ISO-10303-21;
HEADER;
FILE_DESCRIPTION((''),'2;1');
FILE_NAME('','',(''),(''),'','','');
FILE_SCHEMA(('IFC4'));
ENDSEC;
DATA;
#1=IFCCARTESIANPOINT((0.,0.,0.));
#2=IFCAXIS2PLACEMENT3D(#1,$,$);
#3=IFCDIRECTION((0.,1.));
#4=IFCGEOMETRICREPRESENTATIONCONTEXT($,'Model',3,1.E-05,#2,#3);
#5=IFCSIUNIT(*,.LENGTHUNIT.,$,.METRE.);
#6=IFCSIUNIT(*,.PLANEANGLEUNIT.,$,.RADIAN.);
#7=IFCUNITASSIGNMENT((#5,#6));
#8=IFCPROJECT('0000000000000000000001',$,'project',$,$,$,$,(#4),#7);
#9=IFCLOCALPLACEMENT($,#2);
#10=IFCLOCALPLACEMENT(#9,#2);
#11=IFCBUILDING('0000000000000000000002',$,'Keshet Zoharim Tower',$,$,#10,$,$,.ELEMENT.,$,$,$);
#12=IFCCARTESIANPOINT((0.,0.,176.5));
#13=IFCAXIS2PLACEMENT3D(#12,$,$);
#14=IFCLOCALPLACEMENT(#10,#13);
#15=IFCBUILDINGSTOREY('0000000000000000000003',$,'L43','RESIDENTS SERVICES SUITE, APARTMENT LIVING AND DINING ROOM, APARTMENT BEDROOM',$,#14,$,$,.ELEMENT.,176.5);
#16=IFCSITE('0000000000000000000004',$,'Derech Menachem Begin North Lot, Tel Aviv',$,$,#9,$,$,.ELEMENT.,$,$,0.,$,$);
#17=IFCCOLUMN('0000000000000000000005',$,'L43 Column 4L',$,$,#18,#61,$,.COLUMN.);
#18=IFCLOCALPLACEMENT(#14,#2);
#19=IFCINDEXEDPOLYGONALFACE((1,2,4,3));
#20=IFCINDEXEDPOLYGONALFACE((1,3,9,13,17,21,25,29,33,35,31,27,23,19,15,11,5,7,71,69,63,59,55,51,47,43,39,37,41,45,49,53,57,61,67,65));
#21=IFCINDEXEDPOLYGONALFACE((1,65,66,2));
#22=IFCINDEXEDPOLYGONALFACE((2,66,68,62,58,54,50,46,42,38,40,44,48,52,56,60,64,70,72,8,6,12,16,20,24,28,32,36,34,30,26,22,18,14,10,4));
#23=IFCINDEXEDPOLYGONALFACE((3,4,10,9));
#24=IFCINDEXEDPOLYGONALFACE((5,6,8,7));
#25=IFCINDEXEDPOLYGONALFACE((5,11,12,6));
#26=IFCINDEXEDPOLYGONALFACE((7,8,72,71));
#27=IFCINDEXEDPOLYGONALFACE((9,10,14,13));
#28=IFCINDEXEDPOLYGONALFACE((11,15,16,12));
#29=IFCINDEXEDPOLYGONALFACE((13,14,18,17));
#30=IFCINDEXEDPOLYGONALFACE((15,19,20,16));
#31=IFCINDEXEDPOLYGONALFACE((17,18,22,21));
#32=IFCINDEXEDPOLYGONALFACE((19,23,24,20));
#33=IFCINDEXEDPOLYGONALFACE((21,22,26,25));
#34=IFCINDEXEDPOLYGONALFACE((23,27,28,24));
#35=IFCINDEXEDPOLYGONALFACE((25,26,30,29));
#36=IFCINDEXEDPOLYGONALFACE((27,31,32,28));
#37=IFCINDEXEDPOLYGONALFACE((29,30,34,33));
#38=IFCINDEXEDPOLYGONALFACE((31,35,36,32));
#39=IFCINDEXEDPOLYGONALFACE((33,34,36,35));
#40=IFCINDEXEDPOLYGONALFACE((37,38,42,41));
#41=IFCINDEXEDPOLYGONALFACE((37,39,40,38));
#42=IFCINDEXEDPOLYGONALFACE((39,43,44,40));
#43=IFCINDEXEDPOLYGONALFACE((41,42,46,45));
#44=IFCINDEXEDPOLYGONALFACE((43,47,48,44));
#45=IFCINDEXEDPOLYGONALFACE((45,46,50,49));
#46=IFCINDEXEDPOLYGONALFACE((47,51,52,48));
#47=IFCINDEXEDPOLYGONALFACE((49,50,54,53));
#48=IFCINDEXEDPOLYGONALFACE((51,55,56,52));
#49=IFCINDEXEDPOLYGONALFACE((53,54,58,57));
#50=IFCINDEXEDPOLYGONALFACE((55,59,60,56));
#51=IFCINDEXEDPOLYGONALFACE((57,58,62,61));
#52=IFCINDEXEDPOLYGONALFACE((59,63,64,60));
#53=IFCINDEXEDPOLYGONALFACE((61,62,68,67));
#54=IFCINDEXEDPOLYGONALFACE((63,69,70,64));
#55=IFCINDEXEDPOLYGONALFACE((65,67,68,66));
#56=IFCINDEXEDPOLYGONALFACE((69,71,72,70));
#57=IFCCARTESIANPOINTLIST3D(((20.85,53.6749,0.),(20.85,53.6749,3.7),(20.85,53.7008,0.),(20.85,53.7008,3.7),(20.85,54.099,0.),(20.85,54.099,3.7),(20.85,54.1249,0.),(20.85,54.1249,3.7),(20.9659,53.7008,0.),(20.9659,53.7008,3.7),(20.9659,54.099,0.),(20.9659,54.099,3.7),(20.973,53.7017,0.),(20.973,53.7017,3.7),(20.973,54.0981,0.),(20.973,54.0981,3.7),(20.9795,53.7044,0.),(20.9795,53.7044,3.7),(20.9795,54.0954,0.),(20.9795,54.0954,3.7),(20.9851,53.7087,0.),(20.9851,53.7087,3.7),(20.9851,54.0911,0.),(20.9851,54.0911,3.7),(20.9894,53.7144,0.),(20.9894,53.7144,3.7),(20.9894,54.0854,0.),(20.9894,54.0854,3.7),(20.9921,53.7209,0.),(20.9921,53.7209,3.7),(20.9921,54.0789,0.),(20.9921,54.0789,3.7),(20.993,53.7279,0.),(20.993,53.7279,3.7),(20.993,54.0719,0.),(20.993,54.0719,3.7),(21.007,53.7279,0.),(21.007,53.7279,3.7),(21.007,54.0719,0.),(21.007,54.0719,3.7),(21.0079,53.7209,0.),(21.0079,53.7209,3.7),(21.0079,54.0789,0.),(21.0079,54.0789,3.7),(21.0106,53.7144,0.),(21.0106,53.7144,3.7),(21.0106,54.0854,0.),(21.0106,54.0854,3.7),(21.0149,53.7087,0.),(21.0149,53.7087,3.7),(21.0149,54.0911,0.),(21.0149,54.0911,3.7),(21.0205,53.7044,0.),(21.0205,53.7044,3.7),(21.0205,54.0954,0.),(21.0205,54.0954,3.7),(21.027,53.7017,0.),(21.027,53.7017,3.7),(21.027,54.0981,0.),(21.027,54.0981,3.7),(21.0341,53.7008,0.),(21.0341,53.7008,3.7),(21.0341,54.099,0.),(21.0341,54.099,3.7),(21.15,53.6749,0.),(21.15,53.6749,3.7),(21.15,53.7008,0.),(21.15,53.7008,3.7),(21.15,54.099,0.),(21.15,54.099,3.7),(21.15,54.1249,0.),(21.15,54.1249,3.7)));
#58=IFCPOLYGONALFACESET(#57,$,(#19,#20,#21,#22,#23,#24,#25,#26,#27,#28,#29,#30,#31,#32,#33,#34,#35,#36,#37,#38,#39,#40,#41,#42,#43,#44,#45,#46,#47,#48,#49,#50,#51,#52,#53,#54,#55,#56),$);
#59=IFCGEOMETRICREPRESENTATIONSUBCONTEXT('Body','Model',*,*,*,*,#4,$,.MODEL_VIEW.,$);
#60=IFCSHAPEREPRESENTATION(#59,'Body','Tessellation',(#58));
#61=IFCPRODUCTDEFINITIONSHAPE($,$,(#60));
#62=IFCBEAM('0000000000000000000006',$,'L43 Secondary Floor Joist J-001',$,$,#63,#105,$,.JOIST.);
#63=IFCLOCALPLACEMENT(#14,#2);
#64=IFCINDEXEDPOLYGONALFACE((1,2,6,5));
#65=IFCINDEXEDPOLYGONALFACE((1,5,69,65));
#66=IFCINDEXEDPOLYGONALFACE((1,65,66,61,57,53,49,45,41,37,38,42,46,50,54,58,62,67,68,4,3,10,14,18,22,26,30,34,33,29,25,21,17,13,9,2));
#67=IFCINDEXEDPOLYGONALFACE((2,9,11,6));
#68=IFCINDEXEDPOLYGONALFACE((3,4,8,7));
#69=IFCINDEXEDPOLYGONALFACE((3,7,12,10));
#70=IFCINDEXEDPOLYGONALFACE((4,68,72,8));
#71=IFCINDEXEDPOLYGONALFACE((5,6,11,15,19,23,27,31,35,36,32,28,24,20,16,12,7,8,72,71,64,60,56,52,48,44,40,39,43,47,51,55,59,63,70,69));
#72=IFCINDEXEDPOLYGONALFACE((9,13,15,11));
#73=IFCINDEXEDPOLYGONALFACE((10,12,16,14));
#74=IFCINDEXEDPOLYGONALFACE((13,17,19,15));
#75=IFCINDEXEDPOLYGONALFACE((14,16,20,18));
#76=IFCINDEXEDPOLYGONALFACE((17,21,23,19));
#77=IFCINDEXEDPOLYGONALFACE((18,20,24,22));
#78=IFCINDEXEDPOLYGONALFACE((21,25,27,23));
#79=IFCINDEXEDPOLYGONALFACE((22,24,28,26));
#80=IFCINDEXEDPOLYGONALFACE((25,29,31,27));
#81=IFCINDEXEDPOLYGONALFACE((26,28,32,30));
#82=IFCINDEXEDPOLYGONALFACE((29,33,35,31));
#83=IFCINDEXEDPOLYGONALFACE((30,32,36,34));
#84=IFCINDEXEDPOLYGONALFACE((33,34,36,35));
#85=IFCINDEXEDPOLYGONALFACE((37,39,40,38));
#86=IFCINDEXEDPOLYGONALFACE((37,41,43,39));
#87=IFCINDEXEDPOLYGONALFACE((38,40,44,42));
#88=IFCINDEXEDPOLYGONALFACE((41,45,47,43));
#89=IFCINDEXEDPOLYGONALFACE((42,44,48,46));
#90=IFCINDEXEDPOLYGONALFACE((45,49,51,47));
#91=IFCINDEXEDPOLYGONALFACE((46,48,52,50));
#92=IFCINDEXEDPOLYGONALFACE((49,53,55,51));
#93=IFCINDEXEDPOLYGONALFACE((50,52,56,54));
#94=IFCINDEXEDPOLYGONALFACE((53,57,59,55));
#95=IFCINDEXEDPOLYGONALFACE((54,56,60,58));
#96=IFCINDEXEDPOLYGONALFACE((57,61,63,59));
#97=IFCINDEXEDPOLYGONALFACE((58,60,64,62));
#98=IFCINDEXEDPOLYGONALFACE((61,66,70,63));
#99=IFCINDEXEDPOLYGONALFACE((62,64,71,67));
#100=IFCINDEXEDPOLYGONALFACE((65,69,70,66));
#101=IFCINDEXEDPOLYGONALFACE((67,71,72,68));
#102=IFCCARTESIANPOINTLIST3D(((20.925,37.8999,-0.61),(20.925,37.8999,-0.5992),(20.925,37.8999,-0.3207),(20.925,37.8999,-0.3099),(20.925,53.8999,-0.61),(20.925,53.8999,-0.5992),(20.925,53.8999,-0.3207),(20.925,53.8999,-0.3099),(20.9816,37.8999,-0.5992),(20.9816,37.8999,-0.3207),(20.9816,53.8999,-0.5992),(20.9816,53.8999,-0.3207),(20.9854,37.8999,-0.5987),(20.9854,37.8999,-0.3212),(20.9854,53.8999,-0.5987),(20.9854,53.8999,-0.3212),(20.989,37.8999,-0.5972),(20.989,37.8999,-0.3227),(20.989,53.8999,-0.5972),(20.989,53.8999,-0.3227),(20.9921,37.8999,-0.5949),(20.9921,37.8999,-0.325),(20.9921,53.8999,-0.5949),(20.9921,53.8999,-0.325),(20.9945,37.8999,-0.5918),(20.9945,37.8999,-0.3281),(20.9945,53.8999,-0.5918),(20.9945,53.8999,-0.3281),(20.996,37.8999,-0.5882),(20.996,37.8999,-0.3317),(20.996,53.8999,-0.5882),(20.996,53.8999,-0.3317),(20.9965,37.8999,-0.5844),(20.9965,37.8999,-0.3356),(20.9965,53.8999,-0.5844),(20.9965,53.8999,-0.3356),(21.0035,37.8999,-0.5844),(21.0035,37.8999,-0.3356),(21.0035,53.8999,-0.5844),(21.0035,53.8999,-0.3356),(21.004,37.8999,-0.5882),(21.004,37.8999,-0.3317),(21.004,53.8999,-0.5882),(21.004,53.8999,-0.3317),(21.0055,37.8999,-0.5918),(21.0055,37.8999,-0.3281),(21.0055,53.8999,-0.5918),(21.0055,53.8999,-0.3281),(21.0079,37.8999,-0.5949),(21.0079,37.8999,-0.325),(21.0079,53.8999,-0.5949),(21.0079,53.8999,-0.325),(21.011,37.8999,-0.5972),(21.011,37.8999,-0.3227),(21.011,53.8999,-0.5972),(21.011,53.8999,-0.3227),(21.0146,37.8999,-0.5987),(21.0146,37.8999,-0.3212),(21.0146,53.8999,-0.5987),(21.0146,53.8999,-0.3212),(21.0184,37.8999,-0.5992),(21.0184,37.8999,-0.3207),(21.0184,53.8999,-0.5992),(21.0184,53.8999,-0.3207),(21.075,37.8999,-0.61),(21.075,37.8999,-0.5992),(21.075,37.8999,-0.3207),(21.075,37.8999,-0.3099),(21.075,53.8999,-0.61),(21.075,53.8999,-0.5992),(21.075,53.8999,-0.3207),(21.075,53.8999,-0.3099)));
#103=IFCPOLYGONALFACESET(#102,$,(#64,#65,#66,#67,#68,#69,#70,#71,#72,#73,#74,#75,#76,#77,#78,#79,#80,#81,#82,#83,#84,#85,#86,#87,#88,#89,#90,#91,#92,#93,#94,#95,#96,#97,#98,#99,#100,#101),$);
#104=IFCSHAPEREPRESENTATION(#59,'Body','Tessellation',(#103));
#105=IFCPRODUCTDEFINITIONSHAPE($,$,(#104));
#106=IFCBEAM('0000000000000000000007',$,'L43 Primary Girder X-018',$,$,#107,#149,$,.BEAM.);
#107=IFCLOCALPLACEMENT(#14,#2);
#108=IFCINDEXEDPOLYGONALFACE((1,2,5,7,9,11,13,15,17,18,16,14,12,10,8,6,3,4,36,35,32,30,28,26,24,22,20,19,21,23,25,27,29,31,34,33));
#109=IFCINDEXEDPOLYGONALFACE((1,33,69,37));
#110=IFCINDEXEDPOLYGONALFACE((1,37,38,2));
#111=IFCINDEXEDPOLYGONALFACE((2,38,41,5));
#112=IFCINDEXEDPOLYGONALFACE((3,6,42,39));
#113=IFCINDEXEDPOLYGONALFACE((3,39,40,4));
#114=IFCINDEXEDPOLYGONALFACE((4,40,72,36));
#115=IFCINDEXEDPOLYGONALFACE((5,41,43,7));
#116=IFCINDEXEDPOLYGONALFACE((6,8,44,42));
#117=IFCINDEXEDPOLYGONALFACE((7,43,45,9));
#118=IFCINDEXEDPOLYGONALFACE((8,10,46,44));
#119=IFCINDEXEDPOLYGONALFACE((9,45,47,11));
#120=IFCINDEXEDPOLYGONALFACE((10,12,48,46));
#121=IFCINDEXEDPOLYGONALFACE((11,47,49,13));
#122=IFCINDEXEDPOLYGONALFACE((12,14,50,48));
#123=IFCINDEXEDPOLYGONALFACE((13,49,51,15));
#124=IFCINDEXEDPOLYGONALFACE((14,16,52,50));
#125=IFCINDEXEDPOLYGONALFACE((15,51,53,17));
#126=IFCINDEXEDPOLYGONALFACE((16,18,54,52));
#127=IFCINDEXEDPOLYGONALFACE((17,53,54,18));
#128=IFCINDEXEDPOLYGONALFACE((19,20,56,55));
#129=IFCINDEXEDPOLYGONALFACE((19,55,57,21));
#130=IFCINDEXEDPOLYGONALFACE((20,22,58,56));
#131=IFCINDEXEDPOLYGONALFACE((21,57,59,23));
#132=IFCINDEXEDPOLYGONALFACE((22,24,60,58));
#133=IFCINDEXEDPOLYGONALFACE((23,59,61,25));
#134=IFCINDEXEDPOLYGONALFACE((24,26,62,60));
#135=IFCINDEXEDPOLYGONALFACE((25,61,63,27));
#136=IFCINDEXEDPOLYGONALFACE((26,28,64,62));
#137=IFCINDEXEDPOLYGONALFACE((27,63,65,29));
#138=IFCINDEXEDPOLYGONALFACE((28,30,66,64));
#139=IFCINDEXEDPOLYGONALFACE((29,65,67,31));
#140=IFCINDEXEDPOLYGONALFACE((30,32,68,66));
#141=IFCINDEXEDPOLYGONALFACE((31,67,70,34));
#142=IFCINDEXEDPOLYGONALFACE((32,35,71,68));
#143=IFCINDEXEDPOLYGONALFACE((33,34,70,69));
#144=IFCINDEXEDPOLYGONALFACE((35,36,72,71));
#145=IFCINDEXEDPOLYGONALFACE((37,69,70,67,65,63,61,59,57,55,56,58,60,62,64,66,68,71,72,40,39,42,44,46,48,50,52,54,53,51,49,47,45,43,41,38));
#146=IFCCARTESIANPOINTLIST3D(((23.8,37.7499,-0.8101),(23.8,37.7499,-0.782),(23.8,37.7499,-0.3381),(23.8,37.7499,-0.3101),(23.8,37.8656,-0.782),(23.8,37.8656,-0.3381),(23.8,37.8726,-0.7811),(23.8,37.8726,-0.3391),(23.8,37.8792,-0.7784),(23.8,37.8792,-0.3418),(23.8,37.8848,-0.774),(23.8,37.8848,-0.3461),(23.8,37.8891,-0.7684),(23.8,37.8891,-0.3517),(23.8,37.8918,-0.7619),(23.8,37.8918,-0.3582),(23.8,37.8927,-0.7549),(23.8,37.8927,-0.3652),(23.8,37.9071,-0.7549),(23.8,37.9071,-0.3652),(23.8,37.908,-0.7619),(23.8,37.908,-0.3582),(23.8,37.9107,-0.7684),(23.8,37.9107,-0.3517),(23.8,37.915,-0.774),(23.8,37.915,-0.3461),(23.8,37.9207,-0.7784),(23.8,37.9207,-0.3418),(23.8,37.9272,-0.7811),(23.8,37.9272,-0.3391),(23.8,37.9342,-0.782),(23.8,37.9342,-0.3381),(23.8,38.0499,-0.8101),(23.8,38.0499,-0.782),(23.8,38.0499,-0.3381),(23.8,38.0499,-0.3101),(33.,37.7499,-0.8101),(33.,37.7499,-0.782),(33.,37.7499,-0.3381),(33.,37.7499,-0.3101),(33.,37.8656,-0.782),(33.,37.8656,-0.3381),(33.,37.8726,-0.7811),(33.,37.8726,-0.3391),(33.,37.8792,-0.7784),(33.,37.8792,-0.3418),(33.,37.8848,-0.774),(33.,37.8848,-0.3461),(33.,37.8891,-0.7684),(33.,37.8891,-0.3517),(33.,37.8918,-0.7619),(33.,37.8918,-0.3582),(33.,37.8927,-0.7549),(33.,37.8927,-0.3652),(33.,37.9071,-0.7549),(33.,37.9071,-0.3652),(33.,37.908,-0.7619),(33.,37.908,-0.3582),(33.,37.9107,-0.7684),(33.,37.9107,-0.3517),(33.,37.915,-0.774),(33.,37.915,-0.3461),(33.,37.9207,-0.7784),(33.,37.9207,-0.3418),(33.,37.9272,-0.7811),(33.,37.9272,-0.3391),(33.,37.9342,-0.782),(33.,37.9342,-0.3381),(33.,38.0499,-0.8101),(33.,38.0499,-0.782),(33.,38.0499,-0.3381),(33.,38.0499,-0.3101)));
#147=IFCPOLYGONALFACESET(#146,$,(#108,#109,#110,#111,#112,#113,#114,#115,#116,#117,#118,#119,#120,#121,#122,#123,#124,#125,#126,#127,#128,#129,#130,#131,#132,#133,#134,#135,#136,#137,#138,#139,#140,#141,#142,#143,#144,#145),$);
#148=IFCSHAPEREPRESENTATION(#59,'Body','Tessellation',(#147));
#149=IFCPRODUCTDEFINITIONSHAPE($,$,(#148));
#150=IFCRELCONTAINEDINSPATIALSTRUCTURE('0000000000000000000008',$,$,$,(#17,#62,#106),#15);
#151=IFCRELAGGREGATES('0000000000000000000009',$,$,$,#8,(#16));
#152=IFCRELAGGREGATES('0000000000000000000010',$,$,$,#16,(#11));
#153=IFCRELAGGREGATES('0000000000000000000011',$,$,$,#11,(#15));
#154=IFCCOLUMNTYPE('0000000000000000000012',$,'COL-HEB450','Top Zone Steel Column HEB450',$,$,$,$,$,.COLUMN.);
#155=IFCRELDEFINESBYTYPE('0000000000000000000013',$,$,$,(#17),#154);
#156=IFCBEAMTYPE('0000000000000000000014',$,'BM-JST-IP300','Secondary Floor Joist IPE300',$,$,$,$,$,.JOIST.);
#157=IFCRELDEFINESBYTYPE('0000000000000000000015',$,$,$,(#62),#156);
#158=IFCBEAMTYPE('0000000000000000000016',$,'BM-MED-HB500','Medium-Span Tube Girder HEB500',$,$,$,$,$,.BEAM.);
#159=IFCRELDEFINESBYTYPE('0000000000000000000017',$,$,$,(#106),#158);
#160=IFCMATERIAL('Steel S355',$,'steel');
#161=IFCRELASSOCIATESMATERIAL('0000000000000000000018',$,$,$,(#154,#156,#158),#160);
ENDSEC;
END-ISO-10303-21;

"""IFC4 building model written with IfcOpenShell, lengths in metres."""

from ifc_helpers import new_model, si_unit, direction, frame, origin, origin_2d, place, context, subcontext, project, spatial, i_section, extrude, material, material_profile, profile_set, type_object, element, save


model = new_model("IFC4")

# Units and contexts
model_context = context("Model", 3, precision=1e-05, world=origin(), true_north=direction((0.0, 1.0)))
body_context = subcontext(model_context, "Body", "Model", "MODEL_VIEW")
ifc_project = project(units=[si_unit("LENGTHUNIT", "METRE"), si_unit("PLANEANGLEUNIT", "RADIAN")], contexts=[model_context])

# Site, building, storey
site_placement = place(None, origin())
site = spatial("IfcSite", under=ifc_project, at=site_placement, Name="Derech Menachem Begin North Lot, Tel Aviv", CompositionType="ELEMENT", RefElevation=0.0)
building_placement = place(site_placement, origin())
building = spatial("IfcBuilding", under=site, at=building_placement, Name="Keshet Zoharim Tower", CompositionType="ELEMENT")
storey_placement = place(building_placement, frame((0.0, 0.0, 176.5)))
storey = spatial("IfcBuildingStorey", under=building, at=storey_placement, Name="L43", Description="RESIDENTS SERVICES SUITE, APARTMENT LIVING AND DINING ROOM, APARTMENT BEDROOM", CompositionType="ELEMENT", Elevation=176.5)

# Column
ifc_material_1 = material(Name="Steel S355", Category="steel")
ifc_material_profile_1 = material_profile(ifc_material_1, i_section(OverallWidth=0.3, OverallDepth=0.45, WebThickness=0.0139, FlangeThickness=0.0259, FilletRadius=0.0271, at=origin_2d()), Name="HEB450")
ifc_profile_set_1 = profile_set([ifc_material_profile_1], Name="Steel S355")
column_type = type_object("IfcColumnType", Name="COL-HEB450", Description="Top Zone Steel Column HEB450", PredefinedType="COLUMN", material=ifc_profile_set_1)
column_placement = place(storey_placement, frame((21.0, 53.8999, 0.0), z_axis=(0.0, 0.0, 1.0), x_axis=(1.0, 0.0, 0.0)))
element("IfcColumn", 1, at=column_placement, inside=storey, type_object=column_type, Name="L43 Column 4L", PredefinedType="COLUMN", context=body_context, shape_type="SweptSolid", body=[
    extrude(i_section(OverallWidth=0.3, OverallDepth=0.45, WebThickness=0.0139, FlangeThickness=0.0259, FilletRadius=0.0271, at=origin_2d()), origin(), (0.0, 0.0, 1.0), 3.7),
])

# Beams
ifc_material_profile_2 = material_profile(ifc_material_1, i_section(OverallWidth=0.1499, OverallDepth=0.3, WebThickness=0.0071, FlangeThickness=0.0107, FilletRadius=0.0149, at=origin_2d()), Name="IPE300")
ifc_profile_set_2 = profile_set([ifc_material_profile_2], Name="Steel S355")
beam_type_1 = type_object("IfcBeamType", Name="BM-JST-IP300", Description="Secondary Floor Joist IPE300", PredefinedType="JOIST", material=ifc_profile_set_2)
beam_1_placement = place(storey_placement, frame((21.0, 37.8999, -0.46), z_axis=(0.0, 1.0, 0.0), x_axis=(-1.0, 0.0, 0.0)))
element("IfcBeam", 2, at=beam_1_placement, inside=storey, type_object=beam_type_1, Name="L43 Secondary Floor Joist J-001", PredefinedType="JOIST", context=body_context, shape_type="SweptSolid", body=[
    extrude(i_section(OverallWidth=0.1499, OverallDepth=0.3, WebThickness=0.0071, FlangeThickness=0.0107, FilletRadius=0.0149, at=origin_2d()), origin(), (0.0, 0.0, 1.0), 16.0),
])
ifc_material_profile_3 = material_profile(ifc_material_1, i_section(OverallWidth=0.3, OverallDepth=0.5, WebThickness=0.0144, FlangeThickness=0.0281, FilletRadius=0.0271, at=origin_2d()), Name="HEB500")
ifc_profile_set_3 = profile_set([ifc_material_profile_3], Name="Steel S355")
beam_type_2 = type_object("IfcBeamType", Name="BM-MED-HB500", Description="Medium-Span Tube Girder HEB500", PredefinedType="BEAM", material=ifc_profile_set_3)
beam_2_placement = place(storey_placement, frame((23.8, 37.8999, -0.5601), z_axis=(1.0, 0.0, 0.0), x_axis=(0.0, 1.0, 0.0)))
element("IfcBeam", 3, at=beam_2_placement, inside=storey, type_object=beam_type_2, Name="L43 Primary Girder X-018", PredefinedType="BEAM", context=body_context, shape_type="SweptSolid", body=[
    extrude(i_section(OverallWidth=0.3, OverallDepth=0.5, WebThickness=0.0144, FlangeThickness=0.0281, FilletRadius=0.0271, at=origin_2d()), origin(), (0.0, 0.0, 1.0), 9.2),
])

save(model, "model.ifc")
